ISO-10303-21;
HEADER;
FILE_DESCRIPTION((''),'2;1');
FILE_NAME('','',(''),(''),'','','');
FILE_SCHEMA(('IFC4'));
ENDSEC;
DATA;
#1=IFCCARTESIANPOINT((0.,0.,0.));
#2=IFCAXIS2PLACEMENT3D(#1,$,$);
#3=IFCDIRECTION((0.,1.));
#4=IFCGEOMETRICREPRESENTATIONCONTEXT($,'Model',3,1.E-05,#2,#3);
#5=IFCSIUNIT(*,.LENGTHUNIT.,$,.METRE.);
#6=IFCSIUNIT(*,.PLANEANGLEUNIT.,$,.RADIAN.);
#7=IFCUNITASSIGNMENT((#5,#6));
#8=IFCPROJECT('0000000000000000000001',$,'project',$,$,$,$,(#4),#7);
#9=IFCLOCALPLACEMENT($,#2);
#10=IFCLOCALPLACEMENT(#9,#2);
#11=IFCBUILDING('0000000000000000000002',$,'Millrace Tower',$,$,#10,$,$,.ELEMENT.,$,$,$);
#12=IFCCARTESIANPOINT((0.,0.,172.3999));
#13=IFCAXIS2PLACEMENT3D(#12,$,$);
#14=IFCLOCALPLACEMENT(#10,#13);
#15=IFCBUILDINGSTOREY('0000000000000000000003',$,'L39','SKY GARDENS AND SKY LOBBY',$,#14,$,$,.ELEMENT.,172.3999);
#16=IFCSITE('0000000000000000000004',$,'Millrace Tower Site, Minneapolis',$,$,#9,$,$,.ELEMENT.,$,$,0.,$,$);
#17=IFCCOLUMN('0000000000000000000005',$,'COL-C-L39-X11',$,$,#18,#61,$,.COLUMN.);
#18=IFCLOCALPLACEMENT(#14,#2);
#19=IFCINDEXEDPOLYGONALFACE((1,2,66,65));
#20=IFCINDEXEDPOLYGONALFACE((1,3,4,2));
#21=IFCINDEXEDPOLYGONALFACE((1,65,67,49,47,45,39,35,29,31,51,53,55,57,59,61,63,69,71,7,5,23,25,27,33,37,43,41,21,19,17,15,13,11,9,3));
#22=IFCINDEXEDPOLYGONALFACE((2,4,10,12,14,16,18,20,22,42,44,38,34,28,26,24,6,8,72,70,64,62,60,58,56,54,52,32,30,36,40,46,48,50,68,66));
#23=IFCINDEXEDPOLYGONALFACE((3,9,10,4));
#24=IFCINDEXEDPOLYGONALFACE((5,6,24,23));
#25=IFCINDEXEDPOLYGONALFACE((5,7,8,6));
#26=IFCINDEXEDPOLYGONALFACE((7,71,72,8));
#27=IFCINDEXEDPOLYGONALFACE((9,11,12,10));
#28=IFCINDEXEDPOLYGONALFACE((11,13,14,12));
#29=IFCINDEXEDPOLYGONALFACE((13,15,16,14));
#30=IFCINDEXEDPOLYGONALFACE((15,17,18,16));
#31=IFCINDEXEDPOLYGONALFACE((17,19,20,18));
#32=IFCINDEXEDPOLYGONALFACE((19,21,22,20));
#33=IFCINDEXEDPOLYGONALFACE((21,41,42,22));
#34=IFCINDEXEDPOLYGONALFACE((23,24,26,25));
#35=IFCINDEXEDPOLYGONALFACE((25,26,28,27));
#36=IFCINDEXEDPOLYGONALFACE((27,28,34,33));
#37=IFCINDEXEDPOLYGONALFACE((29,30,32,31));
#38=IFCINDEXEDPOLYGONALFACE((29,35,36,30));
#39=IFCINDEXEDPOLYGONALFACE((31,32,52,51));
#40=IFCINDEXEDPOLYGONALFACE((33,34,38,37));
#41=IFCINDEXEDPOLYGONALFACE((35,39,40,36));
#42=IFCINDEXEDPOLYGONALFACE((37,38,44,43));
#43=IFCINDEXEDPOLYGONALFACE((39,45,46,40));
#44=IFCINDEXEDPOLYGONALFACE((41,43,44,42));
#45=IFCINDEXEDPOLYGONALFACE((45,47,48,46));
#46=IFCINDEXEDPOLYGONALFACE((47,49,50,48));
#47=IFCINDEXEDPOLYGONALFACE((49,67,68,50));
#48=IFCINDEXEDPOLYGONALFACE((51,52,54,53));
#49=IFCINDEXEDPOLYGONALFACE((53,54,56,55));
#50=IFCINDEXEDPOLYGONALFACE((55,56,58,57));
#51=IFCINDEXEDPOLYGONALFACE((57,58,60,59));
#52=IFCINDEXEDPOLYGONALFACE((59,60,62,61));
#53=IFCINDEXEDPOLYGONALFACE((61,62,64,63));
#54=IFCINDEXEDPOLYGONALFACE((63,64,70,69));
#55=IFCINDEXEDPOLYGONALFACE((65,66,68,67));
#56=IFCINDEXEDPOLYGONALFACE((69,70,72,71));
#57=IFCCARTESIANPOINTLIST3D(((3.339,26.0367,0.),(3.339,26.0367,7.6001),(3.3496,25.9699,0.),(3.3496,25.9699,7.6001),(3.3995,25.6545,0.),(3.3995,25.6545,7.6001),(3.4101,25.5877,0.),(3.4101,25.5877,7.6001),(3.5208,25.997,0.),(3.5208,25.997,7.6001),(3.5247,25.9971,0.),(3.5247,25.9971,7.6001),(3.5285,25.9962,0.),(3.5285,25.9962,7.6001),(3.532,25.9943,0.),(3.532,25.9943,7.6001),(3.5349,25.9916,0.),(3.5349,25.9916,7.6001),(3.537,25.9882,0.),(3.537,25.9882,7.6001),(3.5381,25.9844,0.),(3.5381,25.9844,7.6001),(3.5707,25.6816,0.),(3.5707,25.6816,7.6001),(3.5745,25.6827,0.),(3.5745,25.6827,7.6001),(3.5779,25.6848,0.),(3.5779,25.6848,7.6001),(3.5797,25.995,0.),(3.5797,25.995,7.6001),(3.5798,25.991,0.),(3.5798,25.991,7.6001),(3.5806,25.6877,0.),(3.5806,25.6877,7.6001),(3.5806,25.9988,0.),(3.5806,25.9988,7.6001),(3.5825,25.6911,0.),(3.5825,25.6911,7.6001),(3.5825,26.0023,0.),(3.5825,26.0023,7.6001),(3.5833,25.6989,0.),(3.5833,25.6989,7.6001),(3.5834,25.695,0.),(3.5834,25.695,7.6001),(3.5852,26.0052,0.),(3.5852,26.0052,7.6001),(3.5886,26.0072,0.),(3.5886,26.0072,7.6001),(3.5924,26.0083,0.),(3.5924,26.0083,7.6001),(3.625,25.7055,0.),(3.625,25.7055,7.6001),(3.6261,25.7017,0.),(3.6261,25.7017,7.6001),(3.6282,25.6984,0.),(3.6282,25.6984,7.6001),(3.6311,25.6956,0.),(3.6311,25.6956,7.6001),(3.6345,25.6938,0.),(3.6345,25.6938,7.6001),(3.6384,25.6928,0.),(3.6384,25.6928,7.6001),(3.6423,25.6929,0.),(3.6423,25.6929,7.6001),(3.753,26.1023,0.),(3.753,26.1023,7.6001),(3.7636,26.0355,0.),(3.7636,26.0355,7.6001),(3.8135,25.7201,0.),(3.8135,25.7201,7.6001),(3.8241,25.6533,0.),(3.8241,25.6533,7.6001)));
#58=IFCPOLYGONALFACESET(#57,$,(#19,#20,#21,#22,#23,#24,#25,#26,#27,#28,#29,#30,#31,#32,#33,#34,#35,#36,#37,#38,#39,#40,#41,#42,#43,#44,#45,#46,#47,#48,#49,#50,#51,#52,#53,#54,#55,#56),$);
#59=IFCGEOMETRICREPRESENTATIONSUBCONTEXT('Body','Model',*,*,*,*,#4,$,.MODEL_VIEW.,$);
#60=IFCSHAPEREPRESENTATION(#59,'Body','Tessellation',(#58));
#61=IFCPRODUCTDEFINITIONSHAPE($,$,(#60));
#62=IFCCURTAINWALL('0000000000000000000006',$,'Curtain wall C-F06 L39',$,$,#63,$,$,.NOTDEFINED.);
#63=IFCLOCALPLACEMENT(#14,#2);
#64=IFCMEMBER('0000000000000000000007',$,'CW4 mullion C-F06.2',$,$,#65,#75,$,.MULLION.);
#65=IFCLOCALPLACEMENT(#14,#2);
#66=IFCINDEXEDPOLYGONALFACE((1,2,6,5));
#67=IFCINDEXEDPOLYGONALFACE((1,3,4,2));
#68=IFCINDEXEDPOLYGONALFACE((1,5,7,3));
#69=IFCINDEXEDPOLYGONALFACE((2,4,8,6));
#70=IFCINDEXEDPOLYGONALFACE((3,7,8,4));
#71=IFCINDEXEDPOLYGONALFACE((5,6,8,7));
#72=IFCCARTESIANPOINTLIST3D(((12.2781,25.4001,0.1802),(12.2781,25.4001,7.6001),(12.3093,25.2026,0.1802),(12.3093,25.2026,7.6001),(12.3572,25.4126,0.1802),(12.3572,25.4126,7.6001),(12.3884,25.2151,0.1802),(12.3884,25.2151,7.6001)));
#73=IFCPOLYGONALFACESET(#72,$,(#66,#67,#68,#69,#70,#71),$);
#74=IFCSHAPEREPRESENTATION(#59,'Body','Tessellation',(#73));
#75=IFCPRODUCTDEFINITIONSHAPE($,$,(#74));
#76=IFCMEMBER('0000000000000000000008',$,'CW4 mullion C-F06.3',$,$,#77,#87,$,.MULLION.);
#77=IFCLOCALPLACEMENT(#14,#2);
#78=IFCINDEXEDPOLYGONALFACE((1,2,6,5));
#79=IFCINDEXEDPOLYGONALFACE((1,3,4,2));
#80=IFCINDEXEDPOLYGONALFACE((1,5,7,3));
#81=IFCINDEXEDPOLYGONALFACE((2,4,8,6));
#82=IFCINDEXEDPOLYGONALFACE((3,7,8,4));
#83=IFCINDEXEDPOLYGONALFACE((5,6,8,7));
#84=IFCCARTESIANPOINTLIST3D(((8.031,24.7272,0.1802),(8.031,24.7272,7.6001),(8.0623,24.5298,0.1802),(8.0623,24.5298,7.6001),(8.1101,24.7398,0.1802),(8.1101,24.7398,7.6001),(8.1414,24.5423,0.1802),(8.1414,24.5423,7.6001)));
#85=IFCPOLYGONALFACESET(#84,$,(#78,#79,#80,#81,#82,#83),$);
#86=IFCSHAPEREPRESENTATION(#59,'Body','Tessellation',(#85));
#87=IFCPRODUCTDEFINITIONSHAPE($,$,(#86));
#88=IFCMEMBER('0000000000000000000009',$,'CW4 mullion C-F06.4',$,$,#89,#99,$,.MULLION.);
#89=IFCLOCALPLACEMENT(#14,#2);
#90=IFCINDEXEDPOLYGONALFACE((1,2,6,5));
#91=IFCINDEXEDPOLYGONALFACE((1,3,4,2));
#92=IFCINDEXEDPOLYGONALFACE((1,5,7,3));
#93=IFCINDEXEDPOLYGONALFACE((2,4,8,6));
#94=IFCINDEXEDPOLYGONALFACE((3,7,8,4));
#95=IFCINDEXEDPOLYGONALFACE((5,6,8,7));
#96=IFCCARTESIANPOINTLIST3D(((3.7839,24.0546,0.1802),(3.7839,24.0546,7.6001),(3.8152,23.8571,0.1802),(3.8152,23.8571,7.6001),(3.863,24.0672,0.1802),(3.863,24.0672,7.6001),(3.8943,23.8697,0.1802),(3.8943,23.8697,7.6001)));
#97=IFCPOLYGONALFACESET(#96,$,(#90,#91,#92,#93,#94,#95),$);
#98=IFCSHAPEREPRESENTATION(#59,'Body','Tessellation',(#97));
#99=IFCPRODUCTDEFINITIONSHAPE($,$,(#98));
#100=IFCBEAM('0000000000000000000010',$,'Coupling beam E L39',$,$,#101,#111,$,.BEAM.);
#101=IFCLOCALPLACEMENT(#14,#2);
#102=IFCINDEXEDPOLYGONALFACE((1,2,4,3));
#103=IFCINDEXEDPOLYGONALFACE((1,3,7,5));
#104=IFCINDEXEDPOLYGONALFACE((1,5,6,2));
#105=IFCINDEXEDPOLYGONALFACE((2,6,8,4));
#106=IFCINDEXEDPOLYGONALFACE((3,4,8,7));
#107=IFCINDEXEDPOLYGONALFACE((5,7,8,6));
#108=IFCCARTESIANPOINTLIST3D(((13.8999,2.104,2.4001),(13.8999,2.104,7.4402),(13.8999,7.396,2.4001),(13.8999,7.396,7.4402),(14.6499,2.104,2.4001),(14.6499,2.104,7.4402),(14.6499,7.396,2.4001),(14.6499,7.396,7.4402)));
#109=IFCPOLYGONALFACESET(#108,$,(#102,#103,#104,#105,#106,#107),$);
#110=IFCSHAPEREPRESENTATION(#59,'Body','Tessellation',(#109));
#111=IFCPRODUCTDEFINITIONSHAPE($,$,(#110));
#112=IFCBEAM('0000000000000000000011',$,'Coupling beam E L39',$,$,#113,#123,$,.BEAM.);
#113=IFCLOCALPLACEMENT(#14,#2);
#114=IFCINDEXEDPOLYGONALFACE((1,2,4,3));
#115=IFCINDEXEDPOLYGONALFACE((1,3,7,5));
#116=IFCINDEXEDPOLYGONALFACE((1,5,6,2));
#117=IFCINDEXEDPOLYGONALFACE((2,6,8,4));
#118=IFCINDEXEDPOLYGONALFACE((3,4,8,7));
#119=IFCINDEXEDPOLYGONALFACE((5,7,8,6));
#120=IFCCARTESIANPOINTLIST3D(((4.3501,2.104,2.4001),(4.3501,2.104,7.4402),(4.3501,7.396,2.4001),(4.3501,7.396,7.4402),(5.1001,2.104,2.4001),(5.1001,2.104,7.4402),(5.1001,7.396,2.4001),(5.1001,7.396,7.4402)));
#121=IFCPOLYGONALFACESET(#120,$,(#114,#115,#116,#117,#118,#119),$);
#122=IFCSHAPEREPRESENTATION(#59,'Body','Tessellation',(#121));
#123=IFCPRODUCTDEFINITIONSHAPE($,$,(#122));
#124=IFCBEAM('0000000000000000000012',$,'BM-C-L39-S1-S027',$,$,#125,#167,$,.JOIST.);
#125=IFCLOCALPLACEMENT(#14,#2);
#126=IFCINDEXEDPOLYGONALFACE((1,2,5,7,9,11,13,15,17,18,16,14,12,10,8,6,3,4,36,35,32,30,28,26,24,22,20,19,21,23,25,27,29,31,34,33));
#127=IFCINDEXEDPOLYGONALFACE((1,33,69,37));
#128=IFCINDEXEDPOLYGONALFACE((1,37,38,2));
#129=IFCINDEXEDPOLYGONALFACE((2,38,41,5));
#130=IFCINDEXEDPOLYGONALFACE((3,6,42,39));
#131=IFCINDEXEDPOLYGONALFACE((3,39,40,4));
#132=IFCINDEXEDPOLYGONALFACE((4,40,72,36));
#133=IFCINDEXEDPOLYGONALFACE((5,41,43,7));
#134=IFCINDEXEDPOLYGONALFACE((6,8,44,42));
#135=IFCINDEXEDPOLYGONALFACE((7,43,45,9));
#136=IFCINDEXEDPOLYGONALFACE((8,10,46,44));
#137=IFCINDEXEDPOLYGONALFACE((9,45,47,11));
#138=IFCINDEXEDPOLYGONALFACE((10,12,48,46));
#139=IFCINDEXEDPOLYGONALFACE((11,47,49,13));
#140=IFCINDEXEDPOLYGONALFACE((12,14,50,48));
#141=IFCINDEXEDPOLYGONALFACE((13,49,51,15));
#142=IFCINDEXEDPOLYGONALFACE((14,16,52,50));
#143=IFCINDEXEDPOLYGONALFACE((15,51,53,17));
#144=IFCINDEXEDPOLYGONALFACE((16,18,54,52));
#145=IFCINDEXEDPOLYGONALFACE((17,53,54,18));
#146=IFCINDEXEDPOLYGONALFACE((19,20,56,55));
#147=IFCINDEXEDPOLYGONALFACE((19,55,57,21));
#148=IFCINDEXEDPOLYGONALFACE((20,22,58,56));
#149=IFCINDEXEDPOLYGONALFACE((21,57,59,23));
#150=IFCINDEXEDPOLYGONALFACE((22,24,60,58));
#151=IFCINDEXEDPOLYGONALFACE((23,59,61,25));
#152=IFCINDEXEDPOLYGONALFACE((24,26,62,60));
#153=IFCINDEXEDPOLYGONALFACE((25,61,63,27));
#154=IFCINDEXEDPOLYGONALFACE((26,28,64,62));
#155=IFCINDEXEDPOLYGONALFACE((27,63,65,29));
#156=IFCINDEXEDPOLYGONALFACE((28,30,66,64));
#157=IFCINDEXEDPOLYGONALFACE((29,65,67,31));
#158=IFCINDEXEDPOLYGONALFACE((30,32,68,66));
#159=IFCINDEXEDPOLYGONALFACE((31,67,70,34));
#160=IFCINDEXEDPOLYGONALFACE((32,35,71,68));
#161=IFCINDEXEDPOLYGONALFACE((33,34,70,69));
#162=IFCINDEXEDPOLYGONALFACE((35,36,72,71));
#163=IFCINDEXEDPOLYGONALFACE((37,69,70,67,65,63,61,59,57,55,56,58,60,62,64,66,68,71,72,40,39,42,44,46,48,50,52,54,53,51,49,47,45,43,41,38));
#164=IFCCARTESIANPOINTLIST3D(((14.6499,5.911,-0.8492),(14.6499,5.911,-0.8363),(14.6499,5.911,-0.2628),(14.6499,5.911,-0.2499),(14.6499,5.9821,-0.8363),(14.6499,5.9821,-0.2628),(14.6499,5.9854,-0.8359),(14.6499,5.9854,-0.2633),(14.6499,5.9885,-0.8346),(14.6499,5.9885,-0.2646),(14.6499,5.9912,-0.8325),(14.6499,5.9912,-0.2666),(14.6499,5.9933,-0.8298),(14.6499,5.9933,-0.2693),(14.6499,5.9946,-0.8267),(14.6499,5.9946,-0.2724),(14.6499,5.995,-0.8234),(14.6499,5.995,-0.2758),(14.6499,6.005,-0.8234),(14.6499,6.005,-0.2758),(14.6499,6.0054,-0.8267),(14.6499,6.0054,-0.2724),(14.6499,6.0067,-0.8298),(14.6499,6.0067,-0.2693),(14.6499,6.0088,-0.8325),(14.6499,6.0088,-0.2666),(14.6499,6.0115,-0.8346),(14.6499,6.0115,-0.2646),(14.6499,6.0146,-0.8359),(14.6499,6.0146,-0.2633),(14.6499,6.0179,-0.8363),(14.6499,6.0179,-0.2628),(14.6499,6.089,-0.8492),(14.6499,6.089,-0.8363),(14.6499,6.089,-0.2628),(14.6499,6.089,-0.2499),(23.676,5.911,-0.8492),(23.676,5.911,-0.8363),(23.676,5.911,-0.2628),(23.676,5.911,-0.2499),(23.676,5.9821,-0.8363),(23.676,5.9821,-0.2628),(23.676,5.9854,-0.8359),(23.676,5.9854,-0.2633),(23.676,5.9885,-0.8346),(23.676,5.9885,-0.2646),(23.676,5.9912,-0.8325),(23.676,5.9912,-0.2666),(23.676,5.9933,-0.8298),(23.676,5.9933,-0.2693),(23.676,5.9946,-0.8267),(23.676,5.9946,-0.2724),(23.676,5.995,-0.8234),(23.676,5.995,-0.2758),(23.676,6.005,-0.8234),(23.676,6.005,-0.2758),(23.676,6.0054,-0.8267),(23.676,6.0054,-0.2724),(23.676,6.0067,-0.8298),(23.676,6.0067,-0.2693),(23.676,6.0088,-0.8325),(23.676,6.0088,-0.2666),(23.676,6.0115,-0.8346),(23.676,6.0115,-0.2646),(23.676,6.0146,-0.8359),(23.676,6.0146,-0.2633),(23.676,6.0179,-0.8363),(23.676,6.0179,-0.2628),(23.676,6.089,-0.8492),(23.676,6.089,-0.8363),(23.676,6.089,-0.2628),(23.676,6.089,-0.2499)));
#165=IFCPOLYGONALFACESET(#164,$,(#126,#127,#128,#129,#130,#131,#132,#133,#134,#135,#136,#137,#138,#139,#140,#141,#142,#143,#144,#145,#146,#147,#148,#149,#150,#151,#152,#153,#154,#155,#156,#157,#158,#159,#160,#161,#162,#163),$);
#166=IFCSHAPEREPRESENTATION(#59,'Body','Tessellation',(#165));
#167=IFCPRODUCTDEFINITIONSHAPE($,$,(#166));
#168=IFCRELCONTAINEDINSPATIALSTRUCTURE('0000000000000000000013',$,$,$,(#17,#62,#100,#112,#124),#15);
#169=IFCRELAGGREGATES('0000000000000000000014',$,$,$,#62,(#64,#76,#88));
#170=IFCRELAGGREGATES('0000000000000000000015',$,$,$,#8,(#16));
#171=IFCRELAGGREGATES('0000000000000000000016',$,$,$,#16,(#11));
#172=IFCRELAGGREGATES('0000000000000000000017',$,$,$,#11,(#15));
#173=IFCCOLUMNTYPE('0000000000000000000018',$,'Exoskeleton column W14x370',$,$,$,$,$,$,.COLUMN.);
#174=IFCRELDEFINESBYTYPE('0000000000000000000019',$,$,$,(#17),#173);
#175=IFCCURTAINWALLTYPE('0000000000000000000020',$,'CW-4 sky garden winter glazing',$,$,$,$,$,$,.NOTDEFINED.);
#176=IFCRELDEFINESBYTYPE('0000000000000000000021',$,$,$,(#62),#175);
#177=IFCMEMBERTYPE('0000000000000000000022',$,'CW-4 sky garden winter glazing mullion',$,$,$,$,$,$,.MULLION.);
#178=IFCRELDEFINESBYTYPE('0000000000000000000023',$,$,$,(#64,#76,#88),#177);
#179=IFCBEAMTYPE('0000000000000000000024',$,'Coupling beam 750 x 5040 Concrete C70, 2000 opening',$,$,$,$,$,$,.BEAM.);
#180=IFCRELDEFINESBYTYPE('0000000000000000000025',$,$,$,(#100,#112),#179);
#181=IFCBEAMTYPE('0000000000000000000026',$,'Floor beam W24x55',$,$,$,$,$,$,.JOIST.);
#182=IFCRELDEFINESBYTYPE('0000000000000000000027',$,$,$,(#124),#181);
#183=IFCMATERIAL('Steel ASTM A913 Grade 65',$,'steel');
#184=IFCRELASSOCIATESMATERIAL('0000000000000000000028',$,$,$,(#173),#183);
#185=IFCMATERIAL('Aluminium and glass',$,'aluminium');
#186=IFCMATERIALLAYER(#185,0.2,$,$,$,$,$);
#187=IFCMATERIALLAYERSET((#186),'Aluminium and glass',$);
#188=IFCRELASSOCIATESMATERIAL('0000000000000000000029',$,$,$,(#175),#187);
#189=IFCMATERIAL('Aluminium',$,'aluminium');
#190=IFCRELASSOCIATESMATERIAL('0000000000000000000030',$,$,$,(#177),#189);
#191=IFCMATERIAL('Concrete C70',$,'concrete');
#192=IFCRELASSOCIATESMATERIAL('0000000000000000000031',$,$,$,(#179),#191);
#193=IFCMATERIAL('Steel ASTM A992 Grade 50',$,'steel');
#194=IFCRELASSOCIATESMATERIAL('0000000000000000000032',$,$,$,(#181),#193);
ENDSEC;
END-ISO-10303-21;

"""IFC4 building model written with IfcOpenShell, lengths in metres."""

from ifc_helpers import new_model, si_unit, direction, frame, origin, origin_2d, place, context, subcontext, project, spatial, rectangle, i_section, extrude, material, layer, layer_set, material_profile, profile_set, type_object, element, aggregate, save


model = new_model("IFC4")

# Units and contexts
model_context = context("Model", 3, precision=1e-05, world=origin(), true_north=direction((0.0, 1.0)))
body_context = subcontext(model_context, "Body", "Model", "MODEL_VIEW")
ifc_project = project(units=[si_unit("LENGTHUNIT", "METRE"), si_unit("PLANEANGLEUNIT", "RADIAN")], contexts=[model_context])

# Site, building, storey
site_placement = place(None, origin())
site = spatial("IfcSite", under=ifc_project, at=site_placement, Name="Millrace Tower Site, Minneapolis", CompositionType="ELEMENT", RefElevation=0.0)
building_placement = place(site_placement, origin())
building = spatial("IfcBuilding", under=site, at=building_placement, Name="Millrace Tower", CompositionType="ELEMENT")
storey_placement = place(building_placement, frame((0.0, 0.0, 172.3999)))
storey = spatial("IfcBuildingStorey", under=building, at=storey_placement, Name="L39", Description="SKY GARDENS AND SKY LOBBY", CompositionType="ELEMENT", Elevation=172.3999)

# Column
ifc_material_1 = material(Name="Steel ASTM A913 Grade 65", Category="steel")
ifc_material_profile_1 = material_profile(ifc_material_1, i_section(OverallWidth=0.4192, OverallDepth=0.4546, WebThickness=0.0422, FlangeThickness=0.0676, FilletRadius=0.0151, at=origin_2d()))
ifc_profile_set_1 = profile_set([ifc_material_profile_1], Name="Steel ASTM A913 Grade 65")
column_type = type_object("IfcColumnType", Name="Exoskeleton column W14x370", PredefinedType="COLUMN", material=ifc_profile_set_1)
column_placement = place(storey_placement, frame((3.5815, 25.845, 0.0), z_axis=(0.0, 0.0, 1.0), x_axis=(-0.987688, -0.156434, 0.0)))
element("IfcColumn", 1, at=column_placement, inside=storey, type_object=column_type, Name="COL-C-L39-X11", PredefinedType="COLUMN", context=body_context, shape_type="SweptSolid", body=[
    extrude(i_section(OverallWidth=0.4192, OverallDepth=0.4546, WebThickness=0.0422, FlangeThickness=0.0676, FilletRadius=0.0151, at=origin_2d()), origin(), (0.0, 0.0, 1.0), 7.6001),
])

# Curtain wall, members
ifc_material_2 = material(Name="Aluminium and glass", Category="aluminium")
ifc_layer_1 = layer(ifc_material_2, 0.2)
ifc_layer_set_1 = layer_set([ifc_layer_1], Name="Aluminium and glass")
curtain_wall_type = type_object("IfcCurtainWallType", Name="CW-4 sky garden winter glazing", PredefinedType="NOTDEFINED", material=ifc_layer_set_1)
curtain_wall_placement = place(storey_placement, origin())
curtain_wall = element("IfcCurtainWall", 2, at=curtain_wall_placement, inside=storey, type_object=curtain_wall_type, Name="Curtain wall C-F06 L39", PredefinedType="NOTDEFINED")
ifc_material_3 = material(Name="Aluminium", Category="aluminium")
ifc_material_profile_2 = material_profile(ifc_material_3, rectangle(XDim=0.0801, YDim=0.2, at=origin_2d()))
ifc_profile_set_2 = profile_set([ifc_material_profile_2], Name="Aluminium")
member_type = type_object("IfcMemberType", Name="CW-4 sky garden winter glazing mullion", PredefinedType="MULLION", material=ifc_profile_set_2)
member_1_placement = place(storey_placement, frame((12.3333, 25.3076, 0.1802), z_axis=(0.0, 0.0, 1.0), x_axis=(-0.987688, -0.156434, 0.0)))
member_1 = element("IfcMember", 3, at=member_1_placement, type_object=member_type, Name="CW4 mullion C-F06.2", PredefinedType="MULLION", context=body_context, shape_type="SweptSolid", body=[
    extrude(rectangle(XDim=0.0801, YDim=0.2, at=origin_2d()), origin(), (0.0, 0.0, 1.0), 7.4199),
])
member_2_placement = place(storey_placement, frame((8.0862, 24.6348, 0.1802), z_axis=(0.0, 0.0, 1.0), x_axis=(-0.987688, -0.156434, 0.0)))
member_2 = element("IfcMember", 4, at=member_2_placement, type_object=member_type, Name="CW4 mullion C-F06.3", PredefinedType="MULLION", context=body_context, shape_type="SweptSolid", body=[
    extrude(rectangle(XDim=0.0801, YDim=0.2, at=origin_2d()), origin(), (0.0, 0.0, 1.0), 7.4199),
])
member_3_placement = place(storey_placement, frame((3.8391, 23.9622, 0.1802), z_axis=(0.0, 0.0, 1.0), x_axis=(-0.987688, -0.156434, 0.0)))
member_3 = element("IfcMember", 5, at=member_3_placement, type_object=member_type, Name="CW4 mullion C-F06.4", PredefinedType="MULLION", context=body_context, shape_type="SweptSolid", body=[
    extrude(rectangle(XDim=0.0801, YDim=0.2, at=origin_2d()), origin(), (0.0, 0.0, 1.0), 7.4199),
])
aggregate(curtain_wall, [member_1, member_2, member_3])

# Beams
ifc_material_4 = material(Name="Concrete C70", Category="concrete")
ifc_material_profile_3 = material_profile(ifc_material_4, rectangle(XDim=0.75, YDim=5.04, at=origin_2d()))
ifc_profile_set_3 = profile_set([ifc_material_profile_3], Name="Concrete C70")
beam_type_1 = type_object("IfcBeamType", Name="Coupling beam 750 x 5040 Concrete C70, 2000 opening", PredefinedType="BEAM", material=ifc_profile_set_3)
for number, where, z_axis, x_axis, name in (
    (6, (14.2749, 7.396, 4.9202), (0.0, -1.0, 0.0), (1.0, 0.0, 0.0), "Coupling beam E L39"),
    (7, (4.7251, 7.396, 4.9202), (0.0, -1.0, 0.0), (1.0, 0.0, 0.0), "Coupling beam E L39"),
):
    element("IfcBeam", number, at=place(storey_placement, frame(where, z_axis=z_axis, x_axis=x_axis)), inside=storey, type_object=beam_type_1, Name=name, PredefinedType="BEAM", context=body_context, shape_type="SweptSolid", body=[
        extrude(rectangle(XDim=0.75, YDim=5.04, at=origin_2d()), origin(), (0.0, 0.0, 1.0), 5.292),
    ])
ifc_material_5 = material(Name="Steel ASTM A992 Grade 50", Category="steel")
ifc_material_profile_4 = material_profile(ifc_material_5, i_section(OverallWidth=0.178, OverallDepth=0.5994, WebThickness=0.01, FlangeThickness=0.0129, FilletRadius=0.0129, at=origin_2d()))
ifc_profile_set_4 = profile_set([ifc_material_profile_4], Name="Steel ASTM A992 Grade 50")
beam_type_2 = type_object("IfcBeamType", Name="Floor beam W24x55", PredefinedType="JOIST", material=ifc_profile_set_4)
beam_1_placement = place(storey_placement, frame((14.6499, 6.0, -0.5496), z_axis=(1.0, 0.0, 0.0), x_axis=(0.0, 1.0, 0.0)))
element("IfcBeam", 8, at=beam_1_placement, inside=storey, type_object=beam_type_2, Name="BM-C-L39-S1-S027", PredefinedType="JOIST", context=body_context, shape_type="SweptSolid", body=[
    extrude(i_section(OverallWidth=0.178, OverallDepth=0.5994, WebThickness=0.01, FlangeThickness=0.0129, FilletRadius=0.0129, at=origin_2d()), origin(), (0.0, 0.0, 1.0), 9.0261),
])

save(model, "model.ifc")
